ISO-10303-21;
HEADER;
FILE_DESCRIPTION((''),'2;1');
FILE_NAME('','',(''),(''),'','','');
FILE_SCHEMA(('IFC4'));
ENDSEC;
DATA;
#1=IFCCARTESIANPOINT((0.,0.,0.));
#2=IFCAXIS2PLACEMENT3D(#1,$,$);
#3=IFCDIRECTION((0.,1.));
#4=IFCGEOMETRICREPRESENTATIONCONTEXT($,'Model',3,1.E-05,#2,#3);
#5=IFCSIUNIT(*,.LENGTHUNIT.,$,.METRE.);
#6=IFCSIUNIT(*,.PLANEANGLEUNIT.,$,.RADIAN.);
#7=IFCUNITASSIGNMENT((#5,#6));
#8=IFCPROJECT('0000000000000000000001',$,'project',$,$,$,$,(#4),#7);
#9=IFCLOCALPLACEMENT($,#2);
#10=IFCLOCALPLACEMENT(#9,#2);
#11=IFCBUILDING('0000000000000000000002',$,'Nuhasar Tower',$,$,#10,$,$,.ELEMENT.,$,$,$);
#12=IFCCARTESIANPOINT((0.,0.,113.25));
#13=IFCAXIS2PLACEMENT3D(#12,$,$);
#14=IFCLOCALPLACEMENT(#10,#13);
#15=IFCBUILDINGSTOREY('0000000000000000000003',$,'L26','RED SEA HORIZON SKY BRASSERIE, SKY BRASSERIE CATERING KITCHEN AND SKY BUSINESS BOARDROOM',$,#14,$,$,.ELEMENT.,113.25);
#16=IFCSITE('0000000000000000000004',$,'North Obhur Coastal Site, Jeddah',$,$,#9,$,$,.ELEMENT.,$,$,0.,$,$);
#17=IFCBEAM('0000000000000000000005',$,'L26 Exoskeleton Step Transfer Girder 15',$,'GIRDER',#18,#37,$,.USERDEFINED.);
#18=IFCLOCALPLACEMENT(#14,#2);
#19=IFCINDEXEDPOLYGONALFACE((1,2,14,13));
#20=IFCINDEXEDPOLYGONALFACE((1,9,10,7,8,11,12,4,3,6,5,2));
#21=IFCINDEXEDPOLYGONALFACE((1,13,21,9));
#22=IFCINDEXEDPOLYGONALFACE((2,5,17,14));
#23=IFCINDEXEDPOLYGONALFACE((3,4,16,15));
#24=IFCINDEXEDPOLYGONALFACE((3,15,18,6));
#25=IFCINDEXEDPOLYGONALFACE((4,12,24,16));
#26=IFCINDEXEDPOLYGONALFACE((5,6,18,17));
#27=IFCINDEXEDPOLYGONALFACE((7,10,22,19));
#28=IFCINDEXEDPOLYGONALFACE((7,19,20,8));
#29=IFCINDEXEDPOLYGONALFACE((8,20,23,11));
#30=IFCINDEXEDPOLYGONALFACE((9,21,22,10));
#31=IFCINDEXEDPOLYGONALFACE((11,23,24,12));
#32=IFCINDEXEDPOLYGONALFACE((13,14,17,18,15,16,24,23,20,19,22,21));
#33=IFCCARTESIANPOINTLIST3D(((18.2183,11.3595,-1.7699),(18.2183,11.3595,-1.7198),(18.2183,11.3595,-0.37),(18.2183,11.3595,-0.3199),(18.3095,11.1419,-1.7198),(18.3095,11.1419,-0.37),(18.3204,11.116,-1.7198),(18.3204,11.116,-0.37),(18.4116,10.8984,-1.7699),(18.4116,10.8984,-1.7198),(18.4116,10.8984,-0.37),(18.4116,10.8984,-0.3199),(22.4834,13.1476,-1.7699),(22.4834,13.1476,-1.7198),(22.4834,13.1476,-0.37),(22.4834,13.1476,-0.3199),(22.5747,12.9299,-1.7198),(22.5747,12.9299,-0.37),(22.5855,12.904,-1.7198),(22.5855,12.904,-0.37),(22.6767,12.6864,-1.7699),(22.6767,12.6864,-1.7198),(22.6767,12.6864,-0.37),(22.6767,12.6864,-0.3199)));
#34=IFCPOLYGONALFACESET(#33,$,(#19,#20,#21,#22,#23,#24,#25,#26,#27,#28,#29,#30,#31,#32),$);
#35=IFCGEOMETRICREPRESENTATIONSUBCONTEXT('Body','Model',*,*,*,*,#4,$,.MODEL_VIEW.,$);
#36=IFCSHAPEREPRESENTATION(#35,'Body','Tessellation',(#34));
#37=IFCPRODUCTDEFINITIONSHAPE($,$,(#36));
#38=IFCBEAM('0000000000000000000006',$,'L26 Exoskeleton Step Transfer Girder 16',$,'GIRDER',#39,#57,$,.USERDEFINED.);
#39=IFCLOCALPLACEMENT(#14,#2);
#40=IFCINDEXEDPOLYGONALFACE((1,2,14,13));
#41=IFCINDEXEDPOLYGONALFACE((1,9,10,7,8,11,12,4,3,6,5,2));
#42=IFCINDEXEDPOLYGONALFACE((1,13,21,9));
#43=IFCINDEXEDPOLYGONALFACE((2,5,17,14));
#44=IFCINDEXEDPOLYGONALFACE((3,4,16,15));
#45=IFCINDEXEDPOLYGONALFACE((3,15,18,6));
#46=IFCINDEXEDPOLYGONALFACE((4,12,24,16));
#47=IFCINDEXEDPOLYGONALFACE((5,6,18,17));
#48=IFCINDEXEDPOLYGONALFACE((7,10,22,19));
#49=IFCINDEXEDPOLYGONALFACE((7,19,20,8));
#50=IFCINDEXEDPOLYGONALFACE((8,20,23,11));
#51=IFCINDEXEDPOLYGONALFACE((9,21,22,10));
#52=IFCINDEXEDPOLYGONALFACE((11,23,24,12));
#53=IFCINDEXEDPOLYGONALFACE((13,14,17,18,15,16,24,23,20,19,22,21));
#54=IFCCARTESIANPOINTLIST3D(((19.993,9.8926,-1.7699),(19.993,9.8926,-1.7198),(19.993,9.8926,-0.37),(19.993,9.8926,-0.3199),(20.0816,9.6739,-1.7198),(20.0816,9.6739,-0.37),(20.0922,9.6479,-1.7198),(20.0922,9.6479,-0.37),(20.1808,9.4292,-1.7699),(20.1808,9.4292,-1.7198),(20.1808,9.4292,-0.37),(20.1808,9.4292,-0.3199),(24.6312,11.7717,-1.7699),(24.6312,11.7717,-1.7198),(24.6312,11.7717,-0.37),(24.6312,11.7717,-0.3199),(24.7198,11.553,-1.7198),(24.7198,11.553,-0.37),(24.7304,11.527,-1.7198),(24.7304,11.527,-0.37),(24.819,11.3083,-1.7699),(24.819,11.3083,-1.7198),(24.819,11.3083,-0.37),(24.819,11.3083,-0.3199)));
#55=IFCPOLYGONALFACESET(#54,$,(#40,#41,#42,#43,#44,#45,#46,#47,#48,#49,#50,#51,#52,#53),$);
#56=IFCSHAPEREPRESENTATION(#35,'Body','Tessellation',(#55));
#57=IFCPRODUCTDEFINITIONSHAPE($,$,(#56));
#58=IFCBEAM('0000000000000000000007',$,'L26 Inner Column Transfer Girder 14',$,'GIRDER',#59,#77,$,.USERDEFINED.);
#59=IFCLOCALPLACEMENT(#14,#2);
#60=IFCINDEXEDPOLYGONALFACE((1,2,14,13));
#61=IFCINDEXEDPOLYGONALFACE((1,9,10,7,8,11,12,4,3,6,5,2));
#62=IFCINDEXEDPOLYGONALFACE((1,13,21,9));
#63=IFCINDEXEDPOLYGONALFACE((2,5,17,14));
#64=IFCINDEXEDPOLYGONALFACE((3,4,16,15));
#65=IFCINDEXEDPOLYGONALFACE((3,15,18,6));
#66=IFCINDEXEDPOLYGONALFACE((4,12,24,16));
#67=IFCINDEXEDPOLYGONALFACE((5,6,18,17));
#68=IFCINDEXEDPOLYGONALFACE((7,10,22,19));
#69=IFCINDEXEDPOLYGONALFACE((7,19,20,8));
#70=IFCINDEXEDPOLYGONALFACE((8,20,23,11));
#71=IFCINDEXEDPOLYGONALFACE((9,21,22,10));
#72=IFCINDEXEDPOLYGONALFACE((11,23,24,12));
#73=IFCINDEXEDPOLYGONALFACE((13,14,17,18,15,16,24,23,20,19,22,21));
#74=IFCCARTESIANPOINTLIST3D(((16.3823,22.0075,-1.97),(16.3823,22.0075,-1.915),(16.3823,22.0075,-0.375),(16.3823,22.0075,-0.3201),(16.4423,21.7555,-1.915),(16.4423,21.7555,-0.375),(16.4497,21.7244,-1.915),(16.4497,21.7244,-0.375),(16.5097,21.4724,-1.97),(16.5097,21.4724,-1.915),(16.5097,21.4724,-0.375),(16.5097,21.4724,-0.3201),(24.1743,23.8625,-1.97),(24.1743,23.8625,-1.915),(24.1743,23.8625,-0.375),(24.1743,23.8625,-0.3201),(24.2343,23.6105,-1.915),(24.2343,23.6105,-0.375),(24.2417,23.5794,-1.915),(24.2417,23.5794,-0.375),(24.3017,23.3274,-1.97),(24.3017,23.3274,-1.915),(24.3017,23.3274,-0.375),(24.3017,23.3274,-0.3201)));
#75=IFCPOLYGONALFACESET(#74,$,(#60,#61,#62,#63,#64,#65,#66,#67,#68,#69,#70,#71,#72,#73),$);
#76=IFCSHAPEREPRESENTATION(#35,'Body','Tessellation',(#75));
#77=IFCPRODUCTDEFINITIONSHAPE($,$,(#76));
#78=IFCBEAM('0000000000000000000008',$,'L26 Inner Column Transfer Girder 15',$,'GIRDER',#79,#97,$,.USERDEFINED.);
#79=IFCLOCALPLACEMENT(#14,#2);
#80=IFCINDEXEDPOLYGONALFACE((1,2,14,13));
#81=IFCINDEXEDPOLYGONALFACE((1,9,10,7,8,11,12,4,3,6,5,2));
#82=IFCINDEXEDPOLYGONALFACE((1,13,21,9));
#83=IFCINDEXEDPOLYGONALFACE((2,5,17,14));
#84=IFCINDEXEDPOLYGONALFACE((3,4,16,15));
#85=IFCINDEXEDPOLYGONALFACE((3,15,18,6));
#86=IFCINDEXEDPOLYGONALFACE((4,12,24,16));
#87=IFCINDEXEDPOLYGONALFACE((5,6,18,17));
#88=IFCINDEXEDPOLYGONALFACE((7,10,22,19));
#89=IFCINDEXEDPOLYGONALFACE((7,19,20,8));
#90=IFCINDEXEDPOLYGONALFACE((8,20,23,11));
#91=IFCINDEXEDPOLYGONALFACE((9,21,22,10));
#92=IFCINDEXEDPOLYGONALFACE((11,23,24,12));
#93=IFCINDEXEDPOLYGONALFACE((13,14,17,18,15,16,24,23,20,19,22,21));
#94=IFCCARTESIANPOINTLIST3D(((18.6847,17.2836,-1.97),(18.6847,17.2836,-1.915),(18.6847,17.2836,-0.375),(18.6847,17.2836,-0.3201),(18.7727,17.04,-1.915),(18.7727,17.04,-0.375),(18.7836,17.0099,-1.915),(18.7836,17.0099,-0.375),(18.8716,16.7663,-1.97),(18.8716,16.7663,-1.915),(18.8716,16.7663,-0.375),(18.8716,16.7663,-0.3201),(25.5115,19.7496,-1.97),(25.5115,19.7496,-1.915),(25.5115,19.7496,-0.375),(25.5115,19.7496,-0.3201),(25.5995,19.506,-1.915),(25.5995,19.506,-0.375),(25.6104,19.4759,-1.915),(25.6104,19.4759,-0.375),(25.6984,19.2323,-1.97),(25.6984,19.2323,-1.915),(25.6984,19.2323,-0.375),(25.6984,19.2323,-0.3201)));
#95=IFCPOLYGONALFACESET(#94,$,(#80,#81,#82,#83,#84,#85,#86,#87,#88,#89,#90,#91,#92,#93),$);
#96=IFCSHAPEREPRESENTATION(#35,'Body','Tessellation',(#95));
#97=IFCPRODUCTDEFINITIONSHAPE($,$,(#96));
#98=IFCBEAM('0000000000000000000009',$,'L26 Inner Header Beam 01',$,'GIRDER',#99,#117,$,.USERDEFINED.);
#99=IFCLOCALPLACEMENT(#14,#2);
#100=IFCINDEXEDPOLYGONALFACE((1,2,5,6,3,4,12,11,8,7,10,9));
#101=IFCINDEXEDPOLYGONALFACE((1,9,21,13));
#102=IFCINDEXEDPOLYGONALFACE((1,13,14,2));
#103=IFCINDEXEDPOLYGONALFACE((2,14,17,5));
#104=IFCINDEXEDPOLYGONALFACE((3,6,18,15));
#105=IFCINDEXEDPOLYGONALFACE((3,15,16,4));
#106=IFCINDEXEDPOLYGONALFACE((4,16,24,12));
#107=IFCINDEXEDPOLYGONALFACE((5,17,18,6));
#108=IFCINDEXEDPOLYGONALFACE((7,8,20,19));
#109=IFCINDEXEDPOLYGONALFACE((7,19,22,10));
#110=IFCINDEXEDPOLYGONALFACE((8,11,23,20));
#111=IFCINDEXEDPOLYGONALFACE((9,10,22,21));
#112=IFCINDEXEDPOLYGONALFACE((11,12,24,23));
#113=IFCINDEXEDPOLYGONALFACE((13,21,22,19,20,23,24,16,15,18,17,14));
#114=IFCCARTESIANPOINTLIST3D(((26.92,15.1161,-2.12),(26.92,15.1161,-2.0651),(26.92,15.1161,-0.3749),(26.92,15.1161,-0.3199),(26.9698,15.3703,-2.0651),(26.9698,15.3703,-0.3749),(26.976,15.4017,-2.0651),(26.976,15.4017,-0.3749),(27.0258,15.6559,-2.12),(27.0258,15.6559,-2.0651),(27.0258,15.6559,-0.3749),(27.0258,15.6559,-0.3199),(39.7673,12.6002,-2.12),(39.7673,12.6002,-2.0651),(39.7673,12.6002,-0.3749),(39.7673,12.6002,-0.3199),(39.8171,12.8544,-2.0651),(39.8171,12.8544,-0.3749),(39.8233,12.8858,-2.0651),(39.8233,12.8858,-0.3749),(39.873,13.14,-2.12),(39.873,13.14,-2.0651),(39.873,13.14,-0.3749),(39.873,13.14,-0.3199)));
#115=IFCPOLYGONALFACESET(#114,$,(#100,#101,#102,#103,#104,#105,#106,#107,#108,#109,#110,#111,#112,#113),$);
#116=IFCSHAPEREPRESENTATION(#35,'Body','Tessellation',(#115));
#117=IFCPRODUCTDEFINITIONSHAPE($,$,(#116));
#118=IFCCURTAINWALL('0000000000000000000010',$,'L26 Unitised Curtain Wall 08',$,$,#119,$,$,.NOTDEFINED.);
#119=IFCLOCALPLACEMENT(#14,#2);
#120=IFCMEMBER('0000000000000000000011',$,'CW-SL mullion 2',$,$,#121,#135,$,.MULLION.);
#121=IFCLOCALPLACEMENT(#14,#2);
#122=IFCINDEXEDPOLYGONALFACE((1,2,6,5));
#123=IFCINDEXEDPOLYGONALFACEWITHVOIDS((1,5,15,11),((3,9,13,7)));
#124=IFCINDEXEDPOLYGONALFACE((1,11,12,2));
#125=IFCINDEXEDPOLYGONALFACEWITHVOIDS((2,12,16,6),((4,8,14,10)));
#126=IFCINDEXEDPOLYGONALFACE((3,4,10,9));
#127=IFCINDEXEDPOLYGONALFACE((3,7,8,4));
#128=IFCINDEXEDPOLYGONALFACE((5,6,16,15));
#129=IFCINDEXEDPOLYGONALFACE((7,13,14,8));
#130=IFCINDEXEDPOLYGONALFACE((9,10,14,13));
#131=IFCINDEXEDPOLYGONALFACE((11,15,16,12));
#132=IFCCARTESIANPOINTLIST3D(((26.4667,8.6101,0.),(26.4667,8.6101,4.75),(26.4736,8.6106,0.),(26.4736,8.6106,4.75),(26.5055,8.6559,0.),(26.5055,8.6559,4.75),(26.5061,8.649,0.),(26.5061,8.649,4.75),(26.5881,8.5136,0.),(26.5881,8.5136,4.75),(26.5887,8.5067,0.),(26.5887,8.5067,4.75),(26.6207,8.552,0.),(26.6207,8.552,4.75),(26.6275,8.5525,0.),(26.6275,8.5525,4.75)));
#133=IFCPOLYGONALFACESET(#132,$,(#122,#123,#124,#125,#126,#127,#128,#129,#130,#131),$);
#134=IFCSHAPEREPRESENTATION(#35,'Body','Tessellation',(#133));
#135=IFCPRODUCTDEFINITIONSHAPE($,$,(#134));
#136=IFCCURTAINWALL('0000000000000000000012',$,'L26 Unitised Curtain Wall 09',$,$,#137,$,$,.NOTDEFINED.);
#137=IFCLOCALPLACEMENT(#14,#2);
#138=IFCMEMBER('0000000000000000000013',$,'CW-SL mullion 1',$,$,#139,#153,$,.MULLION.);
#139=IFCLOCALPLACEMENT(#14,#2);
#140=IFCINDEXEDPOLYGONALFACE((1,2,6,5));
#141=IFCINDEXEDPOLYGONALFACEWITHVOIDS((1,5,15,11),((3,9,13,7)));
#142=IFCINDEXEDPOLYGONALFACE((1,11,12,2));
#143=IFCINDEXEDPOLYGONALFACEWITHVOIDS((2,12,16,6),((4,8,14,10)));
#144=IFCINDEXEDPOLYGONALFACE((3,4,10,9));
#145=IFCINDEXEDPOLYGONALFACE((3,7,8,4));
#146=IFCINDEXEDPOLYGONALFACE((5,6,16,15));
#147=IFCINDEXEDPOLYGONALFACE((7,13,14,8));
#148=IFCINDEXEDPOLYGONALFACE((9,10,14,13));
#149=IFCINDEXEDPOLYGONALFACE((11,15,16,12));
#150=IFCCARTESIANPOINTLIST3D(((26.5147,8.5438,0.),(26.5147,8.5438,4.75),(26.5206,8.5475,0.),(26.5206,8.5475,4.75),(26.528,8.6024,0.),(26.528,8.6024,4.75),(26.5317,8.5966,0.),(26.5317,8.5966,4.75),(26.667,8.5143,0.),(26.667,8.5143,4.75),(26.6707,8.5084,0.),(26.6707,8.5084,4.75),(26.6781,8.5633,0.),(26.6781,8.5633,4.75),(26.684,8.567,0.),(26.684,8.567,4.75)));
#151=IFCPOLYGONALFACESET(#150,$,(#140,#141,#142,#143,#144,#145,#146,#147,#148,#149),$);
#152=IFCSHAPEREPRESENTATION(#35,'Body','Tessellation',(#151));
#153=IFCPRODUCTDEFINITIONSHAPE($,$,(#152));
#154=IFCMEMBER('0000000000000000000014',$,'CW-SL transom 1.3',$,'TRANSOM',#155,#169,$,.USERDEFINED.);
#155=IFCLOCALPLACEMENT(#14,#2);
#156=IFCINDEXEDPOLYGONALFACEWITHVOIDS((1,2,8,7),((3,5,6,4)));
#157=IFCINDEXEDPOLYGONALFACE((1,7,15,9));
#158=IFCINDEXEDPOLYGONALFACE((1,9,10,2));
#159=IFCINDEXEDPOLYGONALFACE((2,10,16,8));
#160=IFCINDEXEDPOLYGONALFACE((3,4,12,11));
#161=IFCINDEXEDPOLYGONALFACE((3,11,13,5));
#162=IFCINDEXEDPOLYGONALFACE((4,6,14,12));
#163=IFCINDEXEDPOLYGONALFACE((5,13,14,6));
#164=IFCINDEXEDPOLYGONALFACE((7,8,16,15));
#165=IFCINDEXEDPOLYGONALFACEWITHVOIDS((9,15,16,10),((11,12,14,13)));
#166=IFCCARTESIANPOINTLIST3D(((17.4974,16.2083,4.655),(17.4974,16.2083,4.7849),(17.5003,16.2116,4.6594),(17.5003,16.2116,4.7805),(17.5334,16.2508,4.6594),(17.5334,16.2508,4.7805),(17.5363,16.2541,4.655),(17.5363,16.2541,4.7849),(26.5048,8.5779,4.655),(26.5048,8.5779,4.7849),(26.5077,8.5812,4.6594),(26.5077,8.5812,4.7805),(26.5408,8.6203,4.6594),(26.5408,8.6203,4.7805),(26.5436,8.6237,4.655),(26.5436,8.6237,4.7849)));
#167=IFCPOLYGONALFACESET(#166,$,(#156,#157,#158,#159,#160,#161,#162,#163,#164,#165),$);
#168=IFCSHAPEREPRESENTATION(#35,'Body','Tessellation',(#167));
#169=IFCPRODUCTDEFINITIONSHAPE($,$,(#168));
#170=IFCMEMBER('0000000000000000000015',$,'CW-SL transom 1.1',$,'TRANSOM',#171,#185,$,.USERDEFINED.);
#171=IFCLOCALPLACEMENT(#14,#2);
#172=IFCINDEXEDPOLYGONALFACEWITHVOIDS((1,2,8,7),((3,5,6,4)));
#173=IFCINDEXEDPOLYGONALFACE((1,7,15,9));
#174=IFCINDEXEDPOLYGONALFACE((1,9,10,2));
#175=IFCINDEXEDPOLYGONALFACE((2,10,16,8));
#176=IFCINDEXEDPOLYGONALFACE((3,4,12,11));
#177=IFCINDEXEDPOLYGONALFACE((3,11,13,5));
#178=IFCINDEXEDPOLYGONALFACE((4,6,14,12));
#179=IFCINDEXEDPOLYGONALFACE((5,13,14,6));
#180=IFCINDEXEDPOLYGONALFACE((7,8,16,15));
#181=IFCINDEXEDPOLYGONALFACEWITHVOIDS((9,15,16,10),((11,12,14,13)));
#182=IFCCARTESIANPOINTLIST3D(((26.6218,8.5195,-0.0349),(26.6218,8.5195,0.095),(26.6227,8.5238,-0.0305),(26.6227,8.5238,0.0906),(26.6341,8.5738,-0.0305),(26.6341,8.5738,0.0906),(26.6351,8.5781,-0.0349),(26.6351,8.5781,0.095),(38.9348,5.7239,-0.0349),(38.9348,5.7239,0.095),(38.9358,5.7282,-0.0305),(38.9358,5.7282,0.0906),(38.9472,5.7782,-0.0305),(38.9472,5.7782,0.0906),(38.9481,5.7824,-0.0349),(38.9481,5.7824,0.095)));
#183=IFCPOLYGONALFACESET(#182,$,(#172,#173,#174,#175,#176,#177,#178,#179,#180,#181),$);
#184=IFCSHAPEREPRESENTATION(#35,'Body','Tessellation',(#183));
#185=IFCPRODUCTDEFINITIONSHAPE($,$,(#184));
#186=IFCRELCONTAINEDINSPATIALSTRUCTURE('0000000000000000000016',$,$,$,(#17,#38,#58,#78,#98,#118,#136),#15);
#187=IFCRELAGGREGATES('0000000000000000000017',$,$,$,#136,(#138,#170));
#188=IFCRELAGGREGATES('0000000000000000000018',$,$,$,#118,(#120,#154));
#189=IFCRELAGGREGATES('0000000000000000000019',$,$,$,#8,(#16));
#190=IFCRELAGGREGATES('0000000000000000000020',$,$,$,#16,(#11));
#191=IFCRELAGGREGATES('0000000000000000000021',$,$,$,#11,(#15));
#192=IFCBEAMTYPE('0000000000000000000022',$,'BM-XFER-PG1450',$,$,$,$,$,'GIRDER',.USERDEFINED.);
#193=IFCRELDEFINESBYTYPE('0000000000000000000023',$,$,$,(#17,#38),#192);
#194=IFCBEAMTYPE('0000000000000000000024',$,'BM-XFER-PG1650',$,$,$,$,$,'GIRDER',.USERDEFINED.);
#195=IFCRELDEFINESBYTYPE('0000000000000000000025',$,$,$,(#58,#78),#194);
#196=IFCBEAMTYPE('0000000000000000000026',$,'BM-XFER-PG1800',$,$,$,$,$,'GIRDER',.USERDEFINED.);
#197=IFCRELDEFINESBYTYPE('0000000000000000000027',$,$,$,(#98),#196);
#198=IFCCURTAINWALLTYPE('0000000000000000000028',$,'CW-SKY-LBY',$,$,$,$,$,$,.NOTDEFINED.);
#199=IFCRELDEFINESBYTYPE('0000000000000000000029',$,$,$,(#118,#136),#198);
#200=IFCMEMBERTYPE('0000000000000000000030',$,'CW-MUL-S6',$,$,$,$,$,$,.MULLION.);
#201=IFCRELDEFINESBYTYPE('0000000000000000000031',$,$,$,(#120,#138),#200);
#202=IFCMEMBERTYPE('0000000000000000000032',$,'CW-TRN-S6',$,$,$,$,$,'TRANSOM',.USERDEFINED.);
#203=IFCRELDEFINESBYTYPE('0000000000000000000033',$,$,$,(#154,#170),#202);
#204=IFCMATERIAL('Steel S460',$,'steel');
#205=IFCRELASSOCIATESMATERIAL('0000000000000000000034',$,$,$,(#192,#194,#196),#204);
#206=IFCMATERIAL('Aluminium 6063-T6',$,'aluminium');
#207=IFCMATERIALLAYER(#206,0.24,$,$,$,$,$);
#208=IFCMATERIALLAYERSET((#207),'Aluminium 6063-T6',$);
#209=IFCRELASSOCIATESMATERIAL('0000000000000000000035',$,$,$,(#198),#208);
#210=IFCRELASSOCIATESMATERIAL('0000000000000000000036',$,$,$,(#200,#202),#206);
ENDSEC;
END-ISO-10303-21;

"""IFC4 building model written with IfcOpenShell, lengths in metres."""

from ifc_helpers import new_model, si_unit, direction, frame, origin, origin_2d, place, context, subcontext, project, spatial, hollow_rectangle, i_section, extrude, material, layer, layer_set, material_profile, profile_set, type_object, element, aggregate, save


model = new_model("IFC4")

# Units and contexts
model_context = context("Model", 3, precision=1e-05, world=origin(), true_north=direction((0.0, 1.0)))
body_context = subcontext(model_context, "Body", "Model", "MODEL_VIEW")
ifc_project = project(units=[si_unit("LENGTHUNIT", "METRE"), si_unit("PLANEANGLEUNIT", "RADIAN")], contexts=[model_context])

# Site, building, storey
site_placement = place(None, origin())
site = spatial("IfcSite", under=ifc_project, at=site_placement, Name="North Obhur Coastal Site, Jeddah", CompositionType="ELEMENT", RefElevation=0.0)
building_placement = place(site_placement, origin())
building = spatial("IfcBuilding", under=site, at=building_placement, Name="Nuhasar Tower", CompositionType="ELEMENT")
storey_placement = place(building_placement, frame((0.0, 0.0, 113.25)))
storey = spatial("IfcBuildingStorey", under=building, at=storey_placement, Name="L26", Description="RED SEA HORIZON SKY BRASSERIE, SKY BRASSERIE CATERING KITCHEN AND SKY BUSINESS BOARDROOM", CompositionType="ELEMENT", Elevation=113.25)

# Beams
ifc_material_1 = material(Name="Steel S460", Category="steel")
ifc_material_profile_1 = material_profile(ifc_material_1, i_section(OverallWidth=0.5, OverallDepth=1.45, WebThickness=0.0281, FlangeThickness=0.05, at=origin_2d()), Name="PG1450X500")
ifc_profile_set_1 = profile_set([ifc_material_profile_1], Name="Steel S460")
beam_type_1 = type_object("IfcBeamType", Name="BM-XFER-PG1450", ElementType="GIRDER", PredefinedType="USERDEFINED", material=ifc_profile_set_1)
beam_1_placement = place(storey_placement, frame((22.5801, 12.917, -1.0449), z_axis=(-0.922234, -0.386631, 0.0), x_axis=(0.386631, -0.922234, 0.0)))
element("IfcBeam", 1, at=beam_1_placement, inside=storey, type_object=beam_type_1, Name="L26 Exoskeleton Step Transfer Girder 15", ObjectType="GIRDER", PredefinedType="USERDEFINED", context=body_context, shape_type="SweptSolid", body=[
    extrude(i_section(OverallWidth=0.5, OverallDepth=1.45, WebThickness=0.0281, FlangeThickness=0.05, at=origin_2d()), origin(), (0.0, 0.0, 1.0), 4.6248),
])
beam_2_placement = place(storey_placement, frame((24.7251, 11.54, -1.0449), z_axis=(-0.926822, -0.3755, 0.0), x_axis=(0.3755, -0.926822, 0.0)))
element("IfcBeam", 2, at=beam_2_placement, inside=storey, type_object=beam_type_1, Name="L26 Exoskeleton Step Transfer Girder 16", ObjectType="GIRDER", PredefinedType="USERDEFINED", context=body_context, shape_type="SweptSolid", body=[
    extrude(i_section(OverallWidth=0.5, OverallDepth=1.45, WebThickness=0.0281, FlangeThickness=0.05, at=origin_2d()), origin(), (0.0, 0.0, 1.0), 5.0044),
])
ifc_material_profile_2 = material_profile(ifc_material_1, i_section(OverallWidth=0.55, OverallDepth=1.6499, WebThickness=0.032, FlangeThickness=0.0549, at=origin_2d()), Name="PG1650X550")
ifc_profile_set_2 = profile_set([ifc_material_profile_2], Name="Steel S460")
beam_type_2 = type_object("IfcBeamType", Name="BM-XFER-PG1650", ElementType="GIRDER", PredefinedType="USERDEFINED", material=ifc_profile_set_2)
beam_3_placement = place(storey_placement, frame((24.238, 23.595, -1.145), z_axis=(-0.972813, -0.23159, 0.0), x_axis=(0.23159, -0.972813, 0.0)))
element("IfcBeam", 3, at=beam_3_placement, inside=storey, type_object=beam_type_2, Name="L26 Inner Column Transfer Girder 14", ObjectType="GIRDER", PredefinedType="USERDEFINED", context=body_context, shape_type="SweptSolid", body=[
    extrude(i_section(OverallWidth=0.55, OverallDepth=1.6499, WebThickness=0.032, FlangeThickness=0.0549, at=origin_2d()), origin(), (0.0, 0.0, 1.0), 8.0098),
])
beam_4_placement = place(storey_placement, frame((25.605, 19.491, -1.145), z_axis=(-0.940519, -0.339741, 0.0), x_axis=(0.339741, -0.940519, 0.0)))
element("IfcBeam", 4, at=beam_4_placement, inside=storey, type_object=beam_type_2, Name="L26 Inner Column Transfer Girder 15", ObjectType="GIRDER", PredefinedType="USERDEFINED", context=body_context, shape_type="SweptSolid", body=[
    extrude(i_section(OverallWidth=0.55, OverallDepth=1.6499, WebThickness=0.032, FlangeThickness=0.0549, at=origin_2d()), origin(), (0.0, 0.0, 1.0), 7.2585),
])
ifc_material_profile_3 = material_profile(ifc_material_1, i_section(OverallWidth=0.55, OverallDepth=1.8, WebThickness=0.032, FlangeThickness=0.0549, at=origin_2d()), Name="PG1800X550")
ifc_profile_set_3 = profile_set([ifc_material_profile_3], Name="Steel S460")
beam_type_3 = type_object("IfcBeamType", Name="BM-XFER-PG1800", ElementType="GIRDER", PredefinedType="USERDEFINED", material=ifc_profile_set_3)
beam_5_placement = place(storey_placement, frame((26.9729, 15.386, -1.22), z_axis=(0.98136, -0.19218, 0.0), x_axis=(0.19218, 0.98136, 0.0)))
element("IfcBeam", 5, at=beam_5_placement, inside=storey, type_object=beam_type_3, Name="L26 Inner Header Beam 01", ObjectType="GIRDER", PredefinedType="USERDEFINED", context=body_context, shape_type="SweptSolid", body=[
    extrude(i_section(OverallWidth=0.55, OverallDepth=1.8, WebThickness=0.032, FlangeThickness=0.0549, at=origin_2d()), origin(), (0.0, 0.0, 1.0), 13.0913),
])

# Curtain walls, members
ifc_material_2 = material(Name="Aluminium 6063-T6", Category="aluminium")
ifc_layer_1 = layer(ifc_material_2, 0.24)
ifc_layer_set_1 = layer_set([ifc_layer_1], Name="Aluminium 6063-T6")
curtain_wall_type = type_object("IfcCurtainWallType", Name="CW-SKY-LBY", PredefinedType="NOTDEFINED", material=ifc_layer_set_1)
curtain_wall_1_placement = place(storey_placement, origin())
curtain_wall_1 = element("IfcCurtainWall", 6, at=curtain_wall_1_placement, inside=storey, type_object=curtain_wall_type, Name="L26 Unitised Curtain Wall 08", PredefinedType="NOTDEFINED")
ifc_material_profile_4 = material_profile(ifc_material_2, hollow_rectangle(XDim=0.0601, YDim=0.1599, WallThickness=0.0049, at=origin_2d()), Name="CWM-6")
ifc_profile_set_4 = profile_set([ifc_material_profile_4], Name="Aluminium 6063-T6")
member_type_1 = type_object("IfcMemberType", Name="CW-MUL-S6", PredefinedType="MULLION", material=ifc_profile_set_4)
member_1_placement = place(storey_placement, frame((26.5471, 8.5813, 0.0), z_axis=(0.0, 0.0, 1.0), x_axis=(0.646374, 0.76302, 0.0)))
member_1 = element("IfcMember", 7, at=member_1_placement, type_object=member_type_1, Name="CW-SL mullion 2", PredefinedType="MULLION", context=body_context, shape_type="SweptSolid", body=[
    extrude(hollow_rectangle(XDim=0.0601, YDim=0.1599, WallThickness=0.0049, at=origin_2d()), origin(), (0.0, 0.0, 1.0), 4.75),
])
curtain_wall_2_placement = place(storey_placement, origin())
curtain_wall_2 = element("IfcCurtainWall", 8, at=curtain_wall_2_placement, inside=storey, type_object=curtain_wall_type, Name="L26 Unitised Curtain Wall 09", PredefinedType="NOTDEFINED")
member_2_placement = place(storey_placement, frame((26.5994, 8.5554, 0.0), z_axis=(0.0, 0.0, 1.0), x_axis=(0.221397, 0.975184, 0.0)))
member_2 = element("IfcMember", 9, at=member_2_placement, type_object=member_type_1, Name="CW-SL mullion 1", PredefinedType="MULLION", context=body_context, shape_type="SweptSolid", body=[
    extrude(hollow_rectangle(XDim=0.0601, YDim=0.1599, WallThickness=0.0049, at=origin_2d()), origin(), (0.0, 0.0, 1.0), 4.75),
])

# Members
ifc_material_profile_5 = material_profile(ifc_material_2, hollow_rectangle(XDim=0.0601, YDim=0.1299, WallThickness=0.0044, at=origin_2d()), Name="CWT-6")
ifc_profile_set_5 = profile_set([ifc_material_profile_5], Name="Aluminium 6063-T6")
member_type_2 = type_object("IfcMemberType", Name="CW-TRN-S6", ElementType="TRANSOM", PredefinedType="USERDEFINED", material=ifc_profile_set_5)
member_3_placement = place(storey_placement, frame((17.5168, 16.2312, 4.72), z_axis=(0.763019, -0.646376, 0.0), x_axis=(0.646376, 0.763019, 0.0)))
member_3 = element("IfcMember", 10, at=member_3_placement, type_object=member_type_2, Name="CW-SL transom 1.3", ObjectType="TRANSOM", PredefinedType="USERDEFINED", context=body_context, shape_type="SweptSolid", body=[
    extrude(hollow_rectangle(XDim=0.0601, YDim=0.1299, WallThickness=0.0044, at=origin_2d()), origin(), (0.0, 0.0, 1.0), 11.8049),
])
member_4_placement = place(storey_placement, frame((26.6284, 8.5488, 0.03), z_axis=(0.97518, -0.221414, 0.0), x_axis=(0.221414, 0.97518, 0.0)))
member_4 = element("IfcMember", 11, at=member_4_placement, type_object=member_type_2, Name="CW-SL transom 1.1", ObjectType="TRANSOM", PredefinedType="USERDEFINED", context=body_context, shape_type="SweptSolid", body=[
    extrude(hollow_rectangle(XDim=0.0601, YDim=0.1299, WallThickness=0.0044, at=origin_2d()), origin(), (0.0, 0.0, 1.0), 12.6265),
])
aggregate(curtain_wall_2, [member_2, member_4])

aggregate(curtain_wall_1, [member_1, member_3])

save(model, "model.ifc")
